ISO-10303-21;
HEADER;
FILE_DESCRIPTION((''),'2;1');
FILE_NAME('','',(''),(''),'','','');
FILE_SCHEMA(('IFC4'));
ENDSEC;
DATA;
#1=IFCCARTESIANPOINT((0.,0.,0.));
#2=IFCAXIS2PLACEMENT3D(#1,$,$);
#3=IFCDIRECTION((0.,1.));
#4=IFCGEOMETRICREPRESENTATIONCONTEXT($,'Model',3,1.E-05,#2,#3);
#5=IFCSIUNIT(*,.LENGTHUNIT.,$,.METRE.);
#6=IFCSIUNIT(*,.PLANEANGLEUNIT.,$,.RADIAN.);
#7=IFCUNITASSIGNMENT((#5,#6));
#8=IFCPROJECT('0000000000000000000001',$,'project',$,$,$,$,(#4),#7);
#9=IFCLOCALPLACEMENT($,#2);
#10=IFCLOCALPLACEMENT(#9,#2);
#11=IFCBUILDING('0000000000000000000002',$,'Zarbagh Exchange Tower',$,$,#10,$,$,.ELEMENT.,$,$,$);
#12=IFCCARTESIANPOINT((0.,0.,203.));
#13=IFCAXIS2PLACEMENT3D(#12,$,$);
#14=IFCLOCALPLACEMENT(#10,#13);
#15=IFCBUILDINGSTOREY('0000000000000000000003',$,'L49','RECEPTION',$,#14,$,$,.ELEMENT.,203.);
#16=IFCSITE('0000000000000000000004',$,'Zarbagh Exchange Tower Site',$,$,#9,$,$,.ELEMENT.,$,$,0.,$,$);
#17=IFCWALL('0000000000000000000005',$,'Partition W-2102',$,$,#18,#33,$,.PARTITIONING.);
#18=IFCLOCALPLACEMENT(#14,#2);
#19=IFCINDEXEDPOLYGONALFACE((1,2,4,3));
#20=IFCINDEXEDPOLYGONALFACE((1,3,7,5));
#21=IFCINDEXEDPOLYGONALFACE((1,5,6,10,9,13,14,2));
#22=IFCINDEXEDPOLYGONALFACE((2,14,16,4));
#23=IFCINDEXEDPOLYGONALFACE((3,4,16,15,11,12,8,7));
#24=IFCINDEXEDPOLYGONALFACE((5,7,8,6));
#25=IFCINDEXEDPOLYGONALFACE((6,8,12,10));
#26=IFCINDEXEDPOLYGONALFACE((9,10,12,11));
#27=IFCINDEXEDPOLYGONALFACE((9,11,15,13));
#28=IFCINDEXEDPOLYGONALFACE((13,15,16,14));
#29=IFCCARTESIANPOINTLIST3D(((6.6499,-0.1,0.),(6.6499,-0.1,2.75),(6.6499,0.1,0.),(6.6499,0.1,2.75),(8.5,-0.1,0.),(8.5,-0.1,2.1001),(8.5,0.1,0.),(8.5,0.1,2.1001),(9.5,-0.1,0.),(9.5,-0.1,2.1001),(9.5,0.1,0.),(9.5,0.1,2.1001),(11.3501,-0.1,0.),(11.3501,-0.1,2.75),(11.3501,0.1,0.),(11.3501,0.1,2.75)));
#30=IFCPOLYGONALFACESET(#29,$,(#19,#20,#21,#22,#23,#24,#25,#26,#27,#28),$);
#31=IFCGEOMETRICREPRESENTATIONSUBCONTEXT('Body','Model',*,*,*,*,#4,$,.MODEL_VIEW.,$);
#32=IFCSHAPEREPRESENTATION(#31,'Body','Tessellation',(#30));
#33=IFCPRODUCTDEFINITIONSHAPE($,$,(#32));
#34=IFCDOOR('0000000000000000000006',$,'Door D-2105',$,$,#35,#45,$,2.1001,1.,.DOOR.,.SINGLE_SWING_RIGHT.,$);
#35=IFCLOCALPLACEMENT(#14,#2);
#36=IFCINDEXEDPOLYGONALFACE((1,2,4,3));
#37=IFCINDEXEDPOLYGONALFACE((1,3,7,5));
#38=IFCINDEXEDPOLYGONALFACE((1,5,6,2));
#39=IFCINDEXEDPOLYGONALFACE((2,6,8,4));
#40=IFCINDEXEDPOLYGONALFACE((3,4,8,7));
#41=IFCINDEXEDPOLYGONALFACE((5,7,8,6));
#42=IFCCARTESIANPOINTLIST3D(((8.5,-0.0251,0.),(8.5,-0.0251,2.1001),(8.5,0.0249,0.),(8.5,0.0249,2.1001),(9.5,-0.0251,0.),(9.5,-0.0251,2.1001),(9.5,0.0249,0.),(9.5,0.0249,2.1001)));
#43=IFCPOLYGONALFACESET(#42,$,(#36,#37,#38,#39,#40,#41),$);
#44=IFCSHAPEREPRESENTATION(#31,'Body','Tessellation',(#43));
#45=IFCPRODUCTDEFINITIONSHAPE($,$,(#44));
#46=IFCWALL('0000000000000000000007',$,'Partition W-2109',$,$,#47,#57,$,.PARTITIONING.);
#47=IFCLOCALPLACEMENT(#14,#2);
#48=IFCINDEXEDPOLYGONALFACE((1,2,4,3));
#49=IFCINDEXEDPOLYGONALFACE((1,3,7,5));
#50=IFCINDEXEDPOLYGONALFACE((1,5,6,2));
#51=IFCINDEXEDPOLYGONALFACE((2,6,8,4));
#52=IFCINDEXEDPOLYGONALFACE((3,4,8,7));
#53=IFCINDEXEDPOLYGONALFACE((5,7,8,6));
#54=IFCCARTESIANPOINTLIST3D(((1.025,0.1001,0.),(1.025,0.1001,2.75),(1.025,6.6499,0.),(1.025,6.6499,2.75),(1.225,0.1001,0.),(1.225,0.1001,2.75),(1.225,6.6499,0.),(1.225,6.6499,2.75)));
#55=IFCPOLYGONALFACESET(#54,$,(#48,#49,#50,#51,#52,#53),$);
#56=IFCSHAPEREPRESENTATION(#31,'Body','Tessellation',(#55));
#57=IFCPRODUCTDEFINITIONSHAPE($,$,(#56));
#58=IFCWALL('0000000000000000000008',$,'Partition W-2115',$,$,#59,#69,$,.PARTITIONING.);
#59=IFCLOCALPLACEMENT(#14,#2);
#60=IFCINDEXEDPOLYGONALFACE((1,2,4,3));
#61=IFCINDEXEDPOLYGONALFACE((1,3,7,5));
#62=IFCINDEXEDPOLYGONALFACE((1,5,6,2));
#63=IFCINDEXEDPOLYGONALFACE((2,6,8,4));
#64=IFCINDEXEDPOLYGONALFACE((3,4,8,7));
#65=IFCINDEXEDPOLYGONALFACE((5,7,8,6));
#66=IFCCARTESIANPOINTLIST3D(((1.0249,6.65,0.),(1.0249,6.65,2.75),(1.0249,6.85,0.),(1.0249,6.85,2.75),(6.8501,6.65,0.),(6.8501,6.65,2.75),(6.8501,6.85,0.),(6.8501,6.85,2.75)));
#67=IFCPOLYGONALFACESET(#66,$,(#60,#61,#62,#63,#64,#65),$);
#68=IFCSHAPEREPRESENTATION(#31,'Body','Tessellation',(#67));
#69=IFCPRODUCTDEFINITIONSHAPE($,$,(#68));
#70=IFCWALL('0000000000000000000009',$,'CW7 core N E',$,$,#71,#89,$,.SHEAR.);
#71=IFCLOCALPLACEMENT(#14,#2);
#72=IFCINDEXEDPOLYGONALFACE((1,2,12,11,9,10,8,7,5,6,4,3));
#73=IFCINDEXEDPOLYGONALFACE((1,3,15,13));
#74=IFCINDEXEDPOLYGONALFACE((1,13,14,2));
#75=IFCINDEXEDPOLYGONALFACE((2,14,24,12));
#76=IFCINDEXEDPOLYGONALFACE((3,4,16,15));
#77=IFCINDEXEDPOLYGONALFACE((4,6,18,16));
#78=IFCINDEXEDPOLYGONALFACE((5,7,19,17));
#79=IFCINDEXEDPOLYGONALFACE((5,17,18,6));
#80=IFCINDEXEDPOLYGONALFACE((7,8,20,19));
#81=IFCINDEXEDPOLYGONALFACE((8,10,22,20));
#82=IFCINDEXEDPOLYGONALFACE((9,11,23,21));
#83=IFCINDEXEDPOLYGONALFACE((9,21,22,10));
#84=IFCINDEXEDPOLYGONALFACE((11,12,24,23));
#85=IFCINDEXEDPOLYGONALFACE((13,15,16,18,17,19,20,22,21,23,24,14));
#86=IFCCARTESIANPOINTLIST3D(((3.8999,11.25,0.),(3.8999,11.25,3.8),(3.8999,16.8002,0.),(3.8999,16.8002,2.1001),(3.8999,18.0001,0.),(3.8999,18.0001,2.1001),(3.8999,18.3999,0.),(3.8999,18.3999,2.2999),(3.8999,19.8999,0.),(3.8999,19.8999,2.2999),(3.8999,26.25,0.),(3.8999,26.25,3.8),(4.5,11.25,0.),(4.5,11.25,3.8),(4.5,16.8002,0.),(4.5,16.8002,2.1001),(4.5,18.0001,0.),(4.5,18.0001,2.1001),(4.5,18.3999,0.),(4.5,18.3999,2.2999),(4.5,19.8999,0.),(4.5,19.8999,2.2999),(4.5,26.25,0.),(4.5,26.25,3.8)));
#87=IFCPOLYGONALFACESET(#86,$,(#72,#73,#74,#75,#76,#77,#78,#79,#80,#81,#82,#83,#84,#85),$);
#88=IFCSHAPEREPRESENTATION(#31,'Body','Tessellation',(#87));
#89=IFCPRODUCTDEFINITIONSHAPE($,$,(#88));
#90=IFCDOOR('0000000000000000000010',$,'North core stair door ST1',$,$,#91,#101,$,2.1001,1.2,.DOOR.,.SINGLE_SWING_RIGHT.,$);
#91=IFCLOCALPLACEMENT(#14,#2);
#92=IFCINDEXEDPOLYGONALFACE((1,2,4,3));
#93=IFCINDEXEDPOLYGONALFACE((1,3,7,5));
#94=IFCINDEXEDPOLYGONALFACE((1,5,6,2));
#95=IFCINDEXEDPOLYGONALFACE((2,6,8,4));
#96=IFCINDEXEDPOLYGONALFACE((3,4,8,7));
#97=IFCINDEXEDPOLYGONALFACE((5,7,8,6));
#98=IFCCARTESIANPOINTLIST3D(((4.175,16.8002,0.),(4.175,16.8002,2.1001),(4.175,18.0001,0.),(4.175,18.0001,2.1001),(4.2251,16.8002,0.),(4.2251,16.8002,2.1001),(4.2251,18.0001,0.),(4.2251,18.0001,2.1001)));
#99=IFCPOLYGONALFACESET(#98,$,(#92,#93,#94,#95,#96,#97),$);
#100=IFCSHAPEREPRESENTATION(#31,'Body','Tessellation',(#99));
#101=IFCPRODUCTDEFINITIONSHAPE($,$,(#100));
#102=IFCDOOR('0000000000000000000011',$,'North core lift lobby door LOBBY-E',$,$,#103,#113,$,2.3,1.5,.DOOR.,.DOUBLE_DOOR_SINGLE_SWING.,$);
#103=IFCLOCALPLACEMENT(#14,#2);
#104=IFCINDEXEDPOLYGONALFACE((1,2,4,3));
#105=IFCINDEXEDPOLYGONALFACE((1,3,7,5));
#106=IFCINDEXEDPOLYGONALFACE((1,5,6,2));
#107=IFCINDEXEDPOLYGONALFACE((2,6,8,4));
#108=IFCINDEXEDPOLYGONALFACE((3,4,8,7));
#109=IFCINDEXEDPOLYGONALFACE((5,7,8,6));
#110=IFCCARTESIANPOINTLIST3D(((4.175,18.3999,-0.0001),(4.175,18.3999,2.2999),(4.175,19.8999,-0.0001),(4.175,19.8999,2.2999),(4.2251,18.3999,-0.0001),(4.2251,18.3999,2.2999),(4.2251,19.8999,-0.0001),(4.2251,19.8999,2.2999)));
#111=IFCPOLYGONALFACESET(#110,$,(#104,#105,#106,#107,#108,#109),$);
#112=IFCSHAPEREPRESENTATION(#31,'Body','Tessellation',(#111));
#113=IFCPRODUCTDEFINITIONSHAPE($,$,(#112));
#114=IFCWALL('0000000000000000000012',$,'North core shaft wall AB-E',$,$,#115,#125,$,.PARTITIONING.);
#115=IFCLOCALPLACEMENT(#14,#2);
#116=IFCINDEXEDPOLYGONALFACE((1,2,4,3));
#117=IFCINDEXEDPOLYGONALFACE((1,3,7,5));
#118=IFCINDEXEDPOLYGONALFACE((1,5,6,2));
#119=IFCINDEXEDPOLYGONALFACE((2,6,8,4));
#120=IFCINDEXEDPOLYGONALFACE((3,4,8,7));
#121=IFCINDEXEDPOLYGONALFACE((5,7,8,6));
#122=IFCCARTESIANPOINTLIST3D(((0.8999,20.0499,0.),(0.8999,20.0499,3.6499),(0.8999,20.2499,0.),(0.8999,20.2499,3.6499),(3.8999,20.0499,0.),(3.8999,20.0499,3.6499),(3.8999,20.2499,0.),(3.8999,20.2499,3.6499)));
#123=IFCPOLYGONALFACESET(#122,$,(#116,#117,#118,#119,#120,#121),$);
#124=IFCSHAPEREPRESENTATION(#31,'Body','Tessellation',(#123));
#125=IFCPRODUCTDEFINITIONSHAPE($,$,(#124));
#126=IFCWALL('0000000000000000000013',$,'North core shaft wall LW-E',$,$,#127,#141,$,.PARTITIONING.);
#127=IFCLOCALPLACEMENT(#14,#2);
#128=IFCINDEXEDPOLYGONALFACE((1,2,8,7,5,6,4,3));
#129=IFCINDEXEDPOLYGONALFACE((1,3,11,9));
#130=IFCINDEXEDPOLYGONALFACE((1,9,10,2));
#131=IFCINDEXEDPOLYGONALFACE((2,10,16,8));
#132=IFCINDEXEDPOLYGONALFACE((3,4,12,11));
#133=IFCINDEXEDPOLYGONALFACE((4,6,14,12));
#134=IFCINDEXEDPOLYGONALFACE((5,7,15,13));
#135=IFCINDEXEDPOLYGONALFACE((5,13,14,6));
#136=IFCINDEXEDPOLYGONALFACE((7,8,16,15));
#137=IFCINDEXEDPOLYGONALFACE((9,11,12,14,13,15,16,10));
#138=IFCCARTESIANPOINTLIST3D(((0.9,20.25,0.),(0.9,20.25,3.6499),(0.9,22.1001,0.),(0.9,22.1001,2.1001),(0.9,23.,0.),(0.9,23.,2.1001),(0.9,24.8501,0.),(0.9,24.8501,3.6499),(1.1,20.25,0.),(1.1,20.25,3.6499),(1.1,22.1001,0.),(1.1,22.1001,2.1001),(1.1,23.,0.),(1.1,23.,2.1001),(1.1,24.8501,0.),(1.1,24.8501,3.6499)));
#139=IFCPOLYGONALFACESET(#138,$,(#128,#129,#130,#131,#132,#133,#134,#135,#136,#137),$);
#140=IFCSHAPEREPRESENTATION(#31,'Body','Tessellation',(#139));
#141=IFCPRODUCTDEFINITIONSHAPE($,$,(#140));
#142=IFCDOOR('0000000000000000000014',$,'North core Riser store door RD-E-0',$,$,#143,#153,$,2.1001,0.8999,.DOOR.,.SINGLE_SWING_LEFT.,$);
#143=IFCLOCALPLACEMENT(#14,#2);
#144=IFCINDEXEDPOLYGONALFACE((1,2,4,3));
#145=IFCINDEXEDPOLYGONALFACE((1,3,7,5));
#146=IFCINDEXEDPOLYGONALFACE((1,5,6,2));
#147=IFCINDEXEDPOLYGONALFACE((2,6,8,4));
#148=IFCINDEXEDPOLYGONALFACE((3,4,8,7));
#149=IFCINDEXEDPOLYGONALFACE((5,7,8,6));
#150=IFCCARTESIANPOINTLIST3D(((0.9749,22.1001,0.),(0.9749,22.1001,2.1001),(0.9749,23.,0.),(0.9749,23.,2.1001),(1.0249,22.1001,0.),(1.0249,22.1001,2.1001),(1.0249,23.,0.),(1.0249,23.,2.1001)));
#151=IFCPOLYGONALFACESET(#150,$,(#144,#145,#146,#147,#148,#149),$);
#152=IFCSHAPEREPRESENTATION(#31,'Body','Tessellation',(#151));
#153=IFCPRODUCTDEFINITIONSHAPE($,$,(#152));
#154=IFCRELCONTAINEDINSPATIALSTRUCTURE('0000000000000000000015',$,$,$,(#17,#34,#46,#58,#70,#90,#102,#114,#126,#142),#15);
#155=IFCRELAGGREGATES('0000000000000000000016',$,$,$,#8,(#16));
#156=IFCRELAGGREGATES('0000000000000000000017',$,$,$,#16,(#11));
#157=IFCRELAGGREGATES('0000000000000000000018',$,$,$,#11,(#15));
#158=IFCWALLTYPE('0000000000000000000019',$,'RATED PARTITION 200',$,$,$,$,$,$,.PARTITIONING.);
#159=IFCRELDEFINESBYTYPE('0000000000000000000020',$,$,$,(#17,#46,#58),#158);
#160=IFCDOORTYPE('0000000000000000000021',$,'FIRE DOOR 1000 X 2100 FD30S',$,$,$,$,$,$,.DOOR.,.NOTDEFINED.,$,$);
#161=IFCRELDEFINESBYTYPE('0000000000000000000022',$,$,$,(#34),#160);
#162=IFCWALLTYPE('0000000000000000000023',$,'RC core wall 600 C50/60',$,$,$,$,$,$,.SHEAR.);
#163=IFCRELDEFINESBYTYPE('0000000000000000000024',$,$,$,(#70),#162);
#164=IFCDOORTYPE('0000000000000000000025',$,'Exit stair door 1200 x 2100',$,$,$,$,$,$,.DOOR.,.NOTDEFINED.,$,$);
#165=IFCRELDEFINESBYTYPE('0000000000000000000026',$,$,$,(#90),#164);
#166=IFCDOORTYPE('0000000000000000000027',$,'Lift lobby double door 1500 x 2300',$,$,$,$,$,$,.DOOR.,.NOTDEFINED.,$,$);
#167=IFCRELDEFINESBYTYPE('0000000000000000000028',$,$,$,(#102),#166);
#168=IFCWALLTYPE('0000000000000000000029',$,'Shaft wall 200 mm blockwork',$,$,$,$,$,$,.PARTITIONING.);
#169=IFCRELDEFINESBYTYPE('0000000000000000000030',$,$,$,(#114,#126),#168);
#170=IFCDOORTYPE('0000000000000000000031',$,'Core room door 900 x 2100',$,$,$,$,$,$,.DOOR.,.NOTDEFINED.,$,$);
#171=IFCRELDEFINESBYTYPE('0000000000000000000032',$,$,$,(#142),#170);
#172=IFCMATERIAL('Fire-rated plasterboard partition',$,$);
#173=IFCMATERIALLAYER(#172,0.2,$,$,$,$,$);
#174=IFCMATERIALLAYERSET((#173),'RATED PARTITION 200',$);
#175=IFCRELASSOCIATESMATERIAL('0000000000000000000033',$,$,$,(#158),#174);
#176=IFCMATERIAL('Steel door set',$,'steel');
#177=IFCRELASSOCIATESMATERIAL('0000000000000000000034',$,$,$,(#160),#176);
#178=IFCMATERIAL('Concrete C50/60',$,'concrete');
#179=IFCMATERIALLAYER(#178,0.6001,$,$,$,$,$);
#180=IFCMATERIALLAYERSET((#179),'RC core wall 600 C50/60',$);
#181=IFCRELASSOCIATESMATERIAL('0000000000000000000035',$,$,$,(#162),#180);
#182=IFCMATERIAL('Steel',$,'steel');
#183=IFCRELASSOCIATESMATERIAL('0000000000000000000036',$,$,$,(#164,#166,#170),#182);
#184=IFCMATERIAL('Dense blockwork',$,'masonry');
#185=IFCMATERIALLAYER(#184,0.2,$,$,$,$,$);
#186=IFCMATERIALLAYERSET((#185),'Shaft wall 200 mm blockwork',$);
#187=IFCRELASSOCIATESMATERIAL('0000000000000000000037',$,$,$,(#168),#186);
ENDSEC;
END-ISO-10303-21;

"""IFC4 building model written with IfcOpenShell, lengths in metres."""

from ifc_helpers import new_model, si_unit, direction, frame, frame_2d, origin, place, context, subcontext, project, spatial, rectangle, extrude, material, layer, layer_set, type_object, element, fill, save


model = new_model("IFC4")

# Units and contexts
model_context = context("Model", 3, precision=1e-05, world=origin(), true_north=direction((0.0, 1.0)))
body_context = subcontext(model_context, "Body", "Model", "MODEL_VIEW")
ifc_project = project(units=[si_unit("LENGTHUNIT", "METRE"), si_unit("PLANEANGLEUNIT", "RADIAN")], contexts=[model_context])

# Site, building, storey
site_placement = place(None, origin())
site = spatial("IfcSite", under=ifc_project, at=site_placement, Name="Zarbagh Exchange Tower Site", CompositionType="ELEMENT", RefElevation=0.0)
building_placement = place(site_placement, origin())
building = spatial("IfcBuilding", under=site, at=building_placement, Name="Zarbagh Exchange Tower", CompositionType="ELEMENT")
storey_placement = place(building_placement, frame((0.0, 0.0, 203.0)))
storey = spatial("IfcBuildingStorey", under=building, at=storey_placement, Name="L49", Description="RECEPTION", CompositionType="ELEMENT", Elevation=203.0)

# Shared definitions
ifc_material_1 = material(Name="Concrete C50/60", Category="concrete")

# Wall, opening, door
ifc_material_2 = material(Name="Fire-rated plasterboard partition")
ifc_layer_1 = layer(ifc_material_2, 0.2)
ifc_layer_set_1 = layer_set([ifc_layer_1], Name="RATED PARTITION 200")
wall_type_1 = type_object("IfcWallType", Name="RATED PARTITION 200", PredefinedType="PARTITIONING", material=ifc_layer_set_1)
ifc_material_3 = material(Name="Steel door set", Category="steel")
door_type_1 = type_object("IfcDoorType", Name="FIRE DOOR 1000 X 2100 FD30S", OperationType="NOTDEFINED", PredefinedType="DOOR", material=ifc_material_3)
wall_1_placement = place(storey_placement, frame((6.6499, 0.0, 0.0), z_axis=(0.0, 0.0, 1.0), x_axis=(1.0, 0.0, 0.0)))
wall_1 = element("IfcWall", 1, at=wall_1_placement, inside=storey, type_object=wall_type_1, Name="Partition W-2102", PredefinedType="PARTITIONING", context=body_context, shape_type="SweptSolid", body=[
    extrude(rectangle(XDim=4.7002, YDim=0.2, at=frame_2d((2.3501, 0.0))), origin(), (0.0, 0.0, 1.0), 2.75),
])
opening_1_placement = place(wall_1_placement, frame((1.8501, 0.0, 0.0)))
opening_1 = element("IfcOpeningElement", 2, at=opening_1_placement, cuts=wall_1, PredefinedType="OPENING", context=body_context, shape_type="SweptSolid", body=[
    extrude(rectangle(XDim=1.0, YDim=2.1001, at=frame_2d((0.5, 1.05))), frame((0.0, 0.1099, 0.0), z_axis=(0.0, -1.0, 0.0), x_axis=(1.0, 0.0, 0.0)), (0.0, 0.0, 1.0), 0.22),
])
door_1_placement = place(opening_1_placement, origin())
door_1 = element("IfcDoor", 3, at=door_1_placement, inside=storey, type_object=door_type_1, Name="Door D-2105", OperationType="SINGLE_SWING_RIGHT", OverallHeight=2.1001, OverallWidth=1.0, PredefinedType="DOOR", context=body_context, shape_type="SweptSolid", body=[
    extrude(rectangle(XDim=1.0, YDim=2.1001, at=frame_2d((0.5, 1.05))), frame((0.0, 0.0249, 0.0), z_axis=(0.0, -1.0, 0.0), x_axis=(1.0, 0.0, 0.0)), (0.0, 0.0, 1.0), 0.05),
])
fill(opening_1, door_1)

# Walls
wall_2_placement = place(storey_placement, frame((1.125, 0.1001, 0.0), z_axis=(0.0, 0.0, 1.0), x_axis=(0.0, 1.0, 0.0)))
element("IfcWall", 4, at=wall_2_placement, inside=storey, type_object=wall_type_1, Name="Partition W-2109", PredefinedType="PARTITIONING", context=body_context, shape_type="SweptSolid", body=[
    extrude(rectangle(XDim=6.5498, YDim=0.2, at=frame_2d((3.2749, 0.0))), origin(), (0.0, 0.0, 1.0), 2.75),
])
wall_3_placement = place(storey_placement, frame((1.0249, 6.75, 0.0), z_axis=(0.0, 0.0, 1.0), x_axis=(1.0, 0.0, 0.0)))
element("IfcWall", 5, at=wall_3_placement, inside=storey, type_object=wall_type_1, Name="Partition W-2115", PredefinedType="PARTITIONING", context=body_context, shape_type="SweptSolid", body=[
    extrude(rectangle(XDim=5.8252, YDim=0.2, at=frame_2d((2.9126, 0.0))), origin(), (0.0, 0.0, 1.0), 2.75),
])

# Wall, openings, doors
ifc_layer_2 = layer(ifc_material_1, 0.6001)
ifc_layer_set_2 = layer_set([ifc_layer_2], Name="RC core wall 600 C50/60")
wall_type_2 = type_object("IfcWallType", Name="RC core wall 600 C50/60", PredefinedType="SHEAR", material=ifc_layer_set_2)
wall_4_placement = place(storey_placement, frame((4.2, 11.25, 0.0), z_axis=(0.0, 0.0, 1.0), x_axis=(0.0, 1.0, 0.0)))
wall_4 = element("IfcWall", 6, at=wall_4_placement, inside=storey, type_object=wall_type_2, Name="CW7 core N E", PredefinedType="SHEAR", context=body_context, shape_type="SweptSolid", body=[
    extrude(rectangle(XDim=15.0, YDim=0.6001, at=frame_2d((7.5, 0.0))), origin(), (0.0, 0.0, 1.0), 3.8),
])
opening_2_placement = place(wall_4_placement, frame((7.1499, 0.0, 0.0)))
opening_2 = element("IfcOpeningElement", 7, at=opening_2_placement, cuts=wall_4, PredefinedType="OPENING", context=body_context, shape_type="SweptSolid", body=[
    extrude(rectangle(XDim=1.5, YDim=2.3, at=frame_2d((0.75, 1.1499))), frame((0.0, 0.3101, 0.0), z_axis=(0.0, -1.0, 0.0), x_axis=(1.0, 0.0, 0.0)), (0.0, 0.0, 1.0), 0.6201),
])
opening_3_placement = place(wall_4_placement, frame((5.55, 0.0, 0.0)))
opening_3 = element("IfcOpeningElement", 8, at=opening_3_placement, cuts=wall_4, PredefinedType="OPENING", context=body_context, shape_type="SweptSolid", body=[
    extrude(rectangle(XDim=1.2, YDim=2.1001, at=frame_2d((0.6001, 1.05))), frame((0.0, 0.3101, 0.0), z_axis=(0.0, -1.0, 0.0), x_axis=(1.0, 0.0, 0.0)), (0.0, 0.0, 1.0), 0.6201),
])
ifc_material_4 = material(Name="Steel", Category="steel")
door_type_2 = type_object("IfcDoorType", Name="Exit stair door 1200 x 2100", OperationType="NOTDEFINED", PredefinedType="DOOR", material=ifc_material_4)
door_2_placement = place(opening_3_placement, origin())
door_2 = element("IfcDoor", 9, at=door_2_placement, inside=storey, type_object=door_type_2, Name="North core stair door ST1", OperationType="SINGLE_SWING_RIGHT", OverallHeight=2.1001, OverallWidth=1.2, PredefinedType="DOOR", context=body_context, shape_type="SweptSolid", body=[
    extrude(rectangle(XDim=1.2, YDim=2.1001, at=frame_2d((0.6001, 1.05))), frame((0.0, 0.0249, 0.0), z_axis=(0.0, -1.0, 0.0), x_axis=(1.0, 0.0, 0.0)), (0.0, 0.0, 1.0), 0.05),
])
fill(opening_3, door_2)
door_type_3 = type_object("IfcDoorType", Name="Lift lobby double door 1500 x 2300", OperationType="NOTDEFINED", PredefinedType="DOOR", material=ifc_material_4)
door_3_placement = place(opening_2_placement, origin())
door_3 = element("IfcDoor", 10, at=door_3_placement, inside=storey, type_object=door_type_3, Name="North core lift lobby door LOBBY-E", OperationType="DOUBLE_DOOR_SINGLE_SWING", OverallHeight=2.3, OverallWidth=1.5, PredefinedType="DOOR", context=body_context, shape_type="SweptSolid", body=[
    extrude(rectangle(XDim=1.5, YDim=2.3, at=frame_2d((0.75, 1.1499))), frame((0.0, 0.0249, 0.0), z_axis=(0.0, -1.0, 0.0), x_axis=(1.0, 0.0, 0.0)), (0.0, 0.0, 1.0), 0.05),
])
fill(opening_2, door_3)

# Wall
ifc_material_5 = material(Name="Dense blockwork", Category="masonry")
ifc_layer_3 = layer(ifc_material_5, 0.2)
ifc_layer_set_3 = layer_set([ifc_layer_3], Name="Shaft wall 200 mm blockwork")
wall_type_3 = type_object("IfcWallType", Name="Shaft wall 200 mm blockwork", PredefinedType="PARTITIONING", material=ifc_layer_set_3)
wall_5_placement = place(storey_placement, frame((0.8999, 20.1499, 0.0), z_axis=(0.0, 0.0, 1.0), x_axis=(1.0, 0.0, 0.0)))
element("IfcWall", 11, at=wall_5_placement, inside=storey, type_object=wall_type_3, Name="North core shaft wall AB-E", PredefinedType="PARTITIONING", context=body_context, shape_type="SweptSolid", body=[
    extrude(rectangle(XDim=3.0, YDim=0.2, at=frame_2d((1.5, 0.0))), origin(), (0.0, 0.0, 1.0), 3.6499),
])

# Wall, opening, door
wall_6_placement = place(storey_placement, frame((1.0, 24.8501, 0.0), z_axis=(0.0, 0.0, 1.0), x_axis=(0.0, -1.0, 0.0)))
wall_6 = element("IfcWall", 12, at=wall_6_placement, inside=storey, type_object=wall_type_3, Name="North core shaft wall LW-E", PredefinedType="PARTITIONING", context=body_context, shape_type="SweptSolid", body=[
    extrude(rectangle(XDim=4.6001, YDim=0.2, at=frame_2d((2.3, 0.0))), origin(), (0.0, 0.0, 1.0), 3.6499),
])
opening_4_placement = place(wall_6_placement, frame((1.8501, 0.0, 0.0)))
opening_4 = element("IfcOpeningElement", 13, at=opening_4_placement, cuts=wall_6, PredefinedType="OPENING", context=body_context, shape_type="SweptSolid", body=[
    extrude(rectangle(XDim=0.8999, YDim=2.1001, at=frame_2d((0.45, 1.05))), frame((0.0, 0.1099, 0.0), z_axis=(0.0, -1.0, 0.0), x_axis=(1.0, 0.0, 0.0)), (0.0, 0.0, 1.0), 0.22),
])
door_type_4 = type_object("IfcDoorType", Name="Core room door 900 x 2100", OperationType="NOTDEFINED", PredefinedType="DOOR", material=ifc_material_4)
door_4_placement = place(opening_4_placement, origin())
door_4 = element("IfcDoor", 14, at=door_4_placement, inside=storey, type_object=door_type_4, Name="North core Riser store door RD-E-0", OperationType="SINGLE_SWING_LEFT", OverallHeight=2.1001, OverallWidth=0.8999, PredefinedType="DOOR", context=body_context, shape_type="SweptSolid", body=[
    extrude(rectangle(XDim=0.8999, YDim=2.1001, at=frame_2d((0.45, 1.05))), frame((0.0, 0.0249, 0.0), z_axis=(0.0, -1.0, 0.0), x_axis=(1.0, 0.0, 0.0)), (0.0, 0.0, 1.0), 0.05),
])
fill(opening_4, door_4)

save(model, "model.ifc")
